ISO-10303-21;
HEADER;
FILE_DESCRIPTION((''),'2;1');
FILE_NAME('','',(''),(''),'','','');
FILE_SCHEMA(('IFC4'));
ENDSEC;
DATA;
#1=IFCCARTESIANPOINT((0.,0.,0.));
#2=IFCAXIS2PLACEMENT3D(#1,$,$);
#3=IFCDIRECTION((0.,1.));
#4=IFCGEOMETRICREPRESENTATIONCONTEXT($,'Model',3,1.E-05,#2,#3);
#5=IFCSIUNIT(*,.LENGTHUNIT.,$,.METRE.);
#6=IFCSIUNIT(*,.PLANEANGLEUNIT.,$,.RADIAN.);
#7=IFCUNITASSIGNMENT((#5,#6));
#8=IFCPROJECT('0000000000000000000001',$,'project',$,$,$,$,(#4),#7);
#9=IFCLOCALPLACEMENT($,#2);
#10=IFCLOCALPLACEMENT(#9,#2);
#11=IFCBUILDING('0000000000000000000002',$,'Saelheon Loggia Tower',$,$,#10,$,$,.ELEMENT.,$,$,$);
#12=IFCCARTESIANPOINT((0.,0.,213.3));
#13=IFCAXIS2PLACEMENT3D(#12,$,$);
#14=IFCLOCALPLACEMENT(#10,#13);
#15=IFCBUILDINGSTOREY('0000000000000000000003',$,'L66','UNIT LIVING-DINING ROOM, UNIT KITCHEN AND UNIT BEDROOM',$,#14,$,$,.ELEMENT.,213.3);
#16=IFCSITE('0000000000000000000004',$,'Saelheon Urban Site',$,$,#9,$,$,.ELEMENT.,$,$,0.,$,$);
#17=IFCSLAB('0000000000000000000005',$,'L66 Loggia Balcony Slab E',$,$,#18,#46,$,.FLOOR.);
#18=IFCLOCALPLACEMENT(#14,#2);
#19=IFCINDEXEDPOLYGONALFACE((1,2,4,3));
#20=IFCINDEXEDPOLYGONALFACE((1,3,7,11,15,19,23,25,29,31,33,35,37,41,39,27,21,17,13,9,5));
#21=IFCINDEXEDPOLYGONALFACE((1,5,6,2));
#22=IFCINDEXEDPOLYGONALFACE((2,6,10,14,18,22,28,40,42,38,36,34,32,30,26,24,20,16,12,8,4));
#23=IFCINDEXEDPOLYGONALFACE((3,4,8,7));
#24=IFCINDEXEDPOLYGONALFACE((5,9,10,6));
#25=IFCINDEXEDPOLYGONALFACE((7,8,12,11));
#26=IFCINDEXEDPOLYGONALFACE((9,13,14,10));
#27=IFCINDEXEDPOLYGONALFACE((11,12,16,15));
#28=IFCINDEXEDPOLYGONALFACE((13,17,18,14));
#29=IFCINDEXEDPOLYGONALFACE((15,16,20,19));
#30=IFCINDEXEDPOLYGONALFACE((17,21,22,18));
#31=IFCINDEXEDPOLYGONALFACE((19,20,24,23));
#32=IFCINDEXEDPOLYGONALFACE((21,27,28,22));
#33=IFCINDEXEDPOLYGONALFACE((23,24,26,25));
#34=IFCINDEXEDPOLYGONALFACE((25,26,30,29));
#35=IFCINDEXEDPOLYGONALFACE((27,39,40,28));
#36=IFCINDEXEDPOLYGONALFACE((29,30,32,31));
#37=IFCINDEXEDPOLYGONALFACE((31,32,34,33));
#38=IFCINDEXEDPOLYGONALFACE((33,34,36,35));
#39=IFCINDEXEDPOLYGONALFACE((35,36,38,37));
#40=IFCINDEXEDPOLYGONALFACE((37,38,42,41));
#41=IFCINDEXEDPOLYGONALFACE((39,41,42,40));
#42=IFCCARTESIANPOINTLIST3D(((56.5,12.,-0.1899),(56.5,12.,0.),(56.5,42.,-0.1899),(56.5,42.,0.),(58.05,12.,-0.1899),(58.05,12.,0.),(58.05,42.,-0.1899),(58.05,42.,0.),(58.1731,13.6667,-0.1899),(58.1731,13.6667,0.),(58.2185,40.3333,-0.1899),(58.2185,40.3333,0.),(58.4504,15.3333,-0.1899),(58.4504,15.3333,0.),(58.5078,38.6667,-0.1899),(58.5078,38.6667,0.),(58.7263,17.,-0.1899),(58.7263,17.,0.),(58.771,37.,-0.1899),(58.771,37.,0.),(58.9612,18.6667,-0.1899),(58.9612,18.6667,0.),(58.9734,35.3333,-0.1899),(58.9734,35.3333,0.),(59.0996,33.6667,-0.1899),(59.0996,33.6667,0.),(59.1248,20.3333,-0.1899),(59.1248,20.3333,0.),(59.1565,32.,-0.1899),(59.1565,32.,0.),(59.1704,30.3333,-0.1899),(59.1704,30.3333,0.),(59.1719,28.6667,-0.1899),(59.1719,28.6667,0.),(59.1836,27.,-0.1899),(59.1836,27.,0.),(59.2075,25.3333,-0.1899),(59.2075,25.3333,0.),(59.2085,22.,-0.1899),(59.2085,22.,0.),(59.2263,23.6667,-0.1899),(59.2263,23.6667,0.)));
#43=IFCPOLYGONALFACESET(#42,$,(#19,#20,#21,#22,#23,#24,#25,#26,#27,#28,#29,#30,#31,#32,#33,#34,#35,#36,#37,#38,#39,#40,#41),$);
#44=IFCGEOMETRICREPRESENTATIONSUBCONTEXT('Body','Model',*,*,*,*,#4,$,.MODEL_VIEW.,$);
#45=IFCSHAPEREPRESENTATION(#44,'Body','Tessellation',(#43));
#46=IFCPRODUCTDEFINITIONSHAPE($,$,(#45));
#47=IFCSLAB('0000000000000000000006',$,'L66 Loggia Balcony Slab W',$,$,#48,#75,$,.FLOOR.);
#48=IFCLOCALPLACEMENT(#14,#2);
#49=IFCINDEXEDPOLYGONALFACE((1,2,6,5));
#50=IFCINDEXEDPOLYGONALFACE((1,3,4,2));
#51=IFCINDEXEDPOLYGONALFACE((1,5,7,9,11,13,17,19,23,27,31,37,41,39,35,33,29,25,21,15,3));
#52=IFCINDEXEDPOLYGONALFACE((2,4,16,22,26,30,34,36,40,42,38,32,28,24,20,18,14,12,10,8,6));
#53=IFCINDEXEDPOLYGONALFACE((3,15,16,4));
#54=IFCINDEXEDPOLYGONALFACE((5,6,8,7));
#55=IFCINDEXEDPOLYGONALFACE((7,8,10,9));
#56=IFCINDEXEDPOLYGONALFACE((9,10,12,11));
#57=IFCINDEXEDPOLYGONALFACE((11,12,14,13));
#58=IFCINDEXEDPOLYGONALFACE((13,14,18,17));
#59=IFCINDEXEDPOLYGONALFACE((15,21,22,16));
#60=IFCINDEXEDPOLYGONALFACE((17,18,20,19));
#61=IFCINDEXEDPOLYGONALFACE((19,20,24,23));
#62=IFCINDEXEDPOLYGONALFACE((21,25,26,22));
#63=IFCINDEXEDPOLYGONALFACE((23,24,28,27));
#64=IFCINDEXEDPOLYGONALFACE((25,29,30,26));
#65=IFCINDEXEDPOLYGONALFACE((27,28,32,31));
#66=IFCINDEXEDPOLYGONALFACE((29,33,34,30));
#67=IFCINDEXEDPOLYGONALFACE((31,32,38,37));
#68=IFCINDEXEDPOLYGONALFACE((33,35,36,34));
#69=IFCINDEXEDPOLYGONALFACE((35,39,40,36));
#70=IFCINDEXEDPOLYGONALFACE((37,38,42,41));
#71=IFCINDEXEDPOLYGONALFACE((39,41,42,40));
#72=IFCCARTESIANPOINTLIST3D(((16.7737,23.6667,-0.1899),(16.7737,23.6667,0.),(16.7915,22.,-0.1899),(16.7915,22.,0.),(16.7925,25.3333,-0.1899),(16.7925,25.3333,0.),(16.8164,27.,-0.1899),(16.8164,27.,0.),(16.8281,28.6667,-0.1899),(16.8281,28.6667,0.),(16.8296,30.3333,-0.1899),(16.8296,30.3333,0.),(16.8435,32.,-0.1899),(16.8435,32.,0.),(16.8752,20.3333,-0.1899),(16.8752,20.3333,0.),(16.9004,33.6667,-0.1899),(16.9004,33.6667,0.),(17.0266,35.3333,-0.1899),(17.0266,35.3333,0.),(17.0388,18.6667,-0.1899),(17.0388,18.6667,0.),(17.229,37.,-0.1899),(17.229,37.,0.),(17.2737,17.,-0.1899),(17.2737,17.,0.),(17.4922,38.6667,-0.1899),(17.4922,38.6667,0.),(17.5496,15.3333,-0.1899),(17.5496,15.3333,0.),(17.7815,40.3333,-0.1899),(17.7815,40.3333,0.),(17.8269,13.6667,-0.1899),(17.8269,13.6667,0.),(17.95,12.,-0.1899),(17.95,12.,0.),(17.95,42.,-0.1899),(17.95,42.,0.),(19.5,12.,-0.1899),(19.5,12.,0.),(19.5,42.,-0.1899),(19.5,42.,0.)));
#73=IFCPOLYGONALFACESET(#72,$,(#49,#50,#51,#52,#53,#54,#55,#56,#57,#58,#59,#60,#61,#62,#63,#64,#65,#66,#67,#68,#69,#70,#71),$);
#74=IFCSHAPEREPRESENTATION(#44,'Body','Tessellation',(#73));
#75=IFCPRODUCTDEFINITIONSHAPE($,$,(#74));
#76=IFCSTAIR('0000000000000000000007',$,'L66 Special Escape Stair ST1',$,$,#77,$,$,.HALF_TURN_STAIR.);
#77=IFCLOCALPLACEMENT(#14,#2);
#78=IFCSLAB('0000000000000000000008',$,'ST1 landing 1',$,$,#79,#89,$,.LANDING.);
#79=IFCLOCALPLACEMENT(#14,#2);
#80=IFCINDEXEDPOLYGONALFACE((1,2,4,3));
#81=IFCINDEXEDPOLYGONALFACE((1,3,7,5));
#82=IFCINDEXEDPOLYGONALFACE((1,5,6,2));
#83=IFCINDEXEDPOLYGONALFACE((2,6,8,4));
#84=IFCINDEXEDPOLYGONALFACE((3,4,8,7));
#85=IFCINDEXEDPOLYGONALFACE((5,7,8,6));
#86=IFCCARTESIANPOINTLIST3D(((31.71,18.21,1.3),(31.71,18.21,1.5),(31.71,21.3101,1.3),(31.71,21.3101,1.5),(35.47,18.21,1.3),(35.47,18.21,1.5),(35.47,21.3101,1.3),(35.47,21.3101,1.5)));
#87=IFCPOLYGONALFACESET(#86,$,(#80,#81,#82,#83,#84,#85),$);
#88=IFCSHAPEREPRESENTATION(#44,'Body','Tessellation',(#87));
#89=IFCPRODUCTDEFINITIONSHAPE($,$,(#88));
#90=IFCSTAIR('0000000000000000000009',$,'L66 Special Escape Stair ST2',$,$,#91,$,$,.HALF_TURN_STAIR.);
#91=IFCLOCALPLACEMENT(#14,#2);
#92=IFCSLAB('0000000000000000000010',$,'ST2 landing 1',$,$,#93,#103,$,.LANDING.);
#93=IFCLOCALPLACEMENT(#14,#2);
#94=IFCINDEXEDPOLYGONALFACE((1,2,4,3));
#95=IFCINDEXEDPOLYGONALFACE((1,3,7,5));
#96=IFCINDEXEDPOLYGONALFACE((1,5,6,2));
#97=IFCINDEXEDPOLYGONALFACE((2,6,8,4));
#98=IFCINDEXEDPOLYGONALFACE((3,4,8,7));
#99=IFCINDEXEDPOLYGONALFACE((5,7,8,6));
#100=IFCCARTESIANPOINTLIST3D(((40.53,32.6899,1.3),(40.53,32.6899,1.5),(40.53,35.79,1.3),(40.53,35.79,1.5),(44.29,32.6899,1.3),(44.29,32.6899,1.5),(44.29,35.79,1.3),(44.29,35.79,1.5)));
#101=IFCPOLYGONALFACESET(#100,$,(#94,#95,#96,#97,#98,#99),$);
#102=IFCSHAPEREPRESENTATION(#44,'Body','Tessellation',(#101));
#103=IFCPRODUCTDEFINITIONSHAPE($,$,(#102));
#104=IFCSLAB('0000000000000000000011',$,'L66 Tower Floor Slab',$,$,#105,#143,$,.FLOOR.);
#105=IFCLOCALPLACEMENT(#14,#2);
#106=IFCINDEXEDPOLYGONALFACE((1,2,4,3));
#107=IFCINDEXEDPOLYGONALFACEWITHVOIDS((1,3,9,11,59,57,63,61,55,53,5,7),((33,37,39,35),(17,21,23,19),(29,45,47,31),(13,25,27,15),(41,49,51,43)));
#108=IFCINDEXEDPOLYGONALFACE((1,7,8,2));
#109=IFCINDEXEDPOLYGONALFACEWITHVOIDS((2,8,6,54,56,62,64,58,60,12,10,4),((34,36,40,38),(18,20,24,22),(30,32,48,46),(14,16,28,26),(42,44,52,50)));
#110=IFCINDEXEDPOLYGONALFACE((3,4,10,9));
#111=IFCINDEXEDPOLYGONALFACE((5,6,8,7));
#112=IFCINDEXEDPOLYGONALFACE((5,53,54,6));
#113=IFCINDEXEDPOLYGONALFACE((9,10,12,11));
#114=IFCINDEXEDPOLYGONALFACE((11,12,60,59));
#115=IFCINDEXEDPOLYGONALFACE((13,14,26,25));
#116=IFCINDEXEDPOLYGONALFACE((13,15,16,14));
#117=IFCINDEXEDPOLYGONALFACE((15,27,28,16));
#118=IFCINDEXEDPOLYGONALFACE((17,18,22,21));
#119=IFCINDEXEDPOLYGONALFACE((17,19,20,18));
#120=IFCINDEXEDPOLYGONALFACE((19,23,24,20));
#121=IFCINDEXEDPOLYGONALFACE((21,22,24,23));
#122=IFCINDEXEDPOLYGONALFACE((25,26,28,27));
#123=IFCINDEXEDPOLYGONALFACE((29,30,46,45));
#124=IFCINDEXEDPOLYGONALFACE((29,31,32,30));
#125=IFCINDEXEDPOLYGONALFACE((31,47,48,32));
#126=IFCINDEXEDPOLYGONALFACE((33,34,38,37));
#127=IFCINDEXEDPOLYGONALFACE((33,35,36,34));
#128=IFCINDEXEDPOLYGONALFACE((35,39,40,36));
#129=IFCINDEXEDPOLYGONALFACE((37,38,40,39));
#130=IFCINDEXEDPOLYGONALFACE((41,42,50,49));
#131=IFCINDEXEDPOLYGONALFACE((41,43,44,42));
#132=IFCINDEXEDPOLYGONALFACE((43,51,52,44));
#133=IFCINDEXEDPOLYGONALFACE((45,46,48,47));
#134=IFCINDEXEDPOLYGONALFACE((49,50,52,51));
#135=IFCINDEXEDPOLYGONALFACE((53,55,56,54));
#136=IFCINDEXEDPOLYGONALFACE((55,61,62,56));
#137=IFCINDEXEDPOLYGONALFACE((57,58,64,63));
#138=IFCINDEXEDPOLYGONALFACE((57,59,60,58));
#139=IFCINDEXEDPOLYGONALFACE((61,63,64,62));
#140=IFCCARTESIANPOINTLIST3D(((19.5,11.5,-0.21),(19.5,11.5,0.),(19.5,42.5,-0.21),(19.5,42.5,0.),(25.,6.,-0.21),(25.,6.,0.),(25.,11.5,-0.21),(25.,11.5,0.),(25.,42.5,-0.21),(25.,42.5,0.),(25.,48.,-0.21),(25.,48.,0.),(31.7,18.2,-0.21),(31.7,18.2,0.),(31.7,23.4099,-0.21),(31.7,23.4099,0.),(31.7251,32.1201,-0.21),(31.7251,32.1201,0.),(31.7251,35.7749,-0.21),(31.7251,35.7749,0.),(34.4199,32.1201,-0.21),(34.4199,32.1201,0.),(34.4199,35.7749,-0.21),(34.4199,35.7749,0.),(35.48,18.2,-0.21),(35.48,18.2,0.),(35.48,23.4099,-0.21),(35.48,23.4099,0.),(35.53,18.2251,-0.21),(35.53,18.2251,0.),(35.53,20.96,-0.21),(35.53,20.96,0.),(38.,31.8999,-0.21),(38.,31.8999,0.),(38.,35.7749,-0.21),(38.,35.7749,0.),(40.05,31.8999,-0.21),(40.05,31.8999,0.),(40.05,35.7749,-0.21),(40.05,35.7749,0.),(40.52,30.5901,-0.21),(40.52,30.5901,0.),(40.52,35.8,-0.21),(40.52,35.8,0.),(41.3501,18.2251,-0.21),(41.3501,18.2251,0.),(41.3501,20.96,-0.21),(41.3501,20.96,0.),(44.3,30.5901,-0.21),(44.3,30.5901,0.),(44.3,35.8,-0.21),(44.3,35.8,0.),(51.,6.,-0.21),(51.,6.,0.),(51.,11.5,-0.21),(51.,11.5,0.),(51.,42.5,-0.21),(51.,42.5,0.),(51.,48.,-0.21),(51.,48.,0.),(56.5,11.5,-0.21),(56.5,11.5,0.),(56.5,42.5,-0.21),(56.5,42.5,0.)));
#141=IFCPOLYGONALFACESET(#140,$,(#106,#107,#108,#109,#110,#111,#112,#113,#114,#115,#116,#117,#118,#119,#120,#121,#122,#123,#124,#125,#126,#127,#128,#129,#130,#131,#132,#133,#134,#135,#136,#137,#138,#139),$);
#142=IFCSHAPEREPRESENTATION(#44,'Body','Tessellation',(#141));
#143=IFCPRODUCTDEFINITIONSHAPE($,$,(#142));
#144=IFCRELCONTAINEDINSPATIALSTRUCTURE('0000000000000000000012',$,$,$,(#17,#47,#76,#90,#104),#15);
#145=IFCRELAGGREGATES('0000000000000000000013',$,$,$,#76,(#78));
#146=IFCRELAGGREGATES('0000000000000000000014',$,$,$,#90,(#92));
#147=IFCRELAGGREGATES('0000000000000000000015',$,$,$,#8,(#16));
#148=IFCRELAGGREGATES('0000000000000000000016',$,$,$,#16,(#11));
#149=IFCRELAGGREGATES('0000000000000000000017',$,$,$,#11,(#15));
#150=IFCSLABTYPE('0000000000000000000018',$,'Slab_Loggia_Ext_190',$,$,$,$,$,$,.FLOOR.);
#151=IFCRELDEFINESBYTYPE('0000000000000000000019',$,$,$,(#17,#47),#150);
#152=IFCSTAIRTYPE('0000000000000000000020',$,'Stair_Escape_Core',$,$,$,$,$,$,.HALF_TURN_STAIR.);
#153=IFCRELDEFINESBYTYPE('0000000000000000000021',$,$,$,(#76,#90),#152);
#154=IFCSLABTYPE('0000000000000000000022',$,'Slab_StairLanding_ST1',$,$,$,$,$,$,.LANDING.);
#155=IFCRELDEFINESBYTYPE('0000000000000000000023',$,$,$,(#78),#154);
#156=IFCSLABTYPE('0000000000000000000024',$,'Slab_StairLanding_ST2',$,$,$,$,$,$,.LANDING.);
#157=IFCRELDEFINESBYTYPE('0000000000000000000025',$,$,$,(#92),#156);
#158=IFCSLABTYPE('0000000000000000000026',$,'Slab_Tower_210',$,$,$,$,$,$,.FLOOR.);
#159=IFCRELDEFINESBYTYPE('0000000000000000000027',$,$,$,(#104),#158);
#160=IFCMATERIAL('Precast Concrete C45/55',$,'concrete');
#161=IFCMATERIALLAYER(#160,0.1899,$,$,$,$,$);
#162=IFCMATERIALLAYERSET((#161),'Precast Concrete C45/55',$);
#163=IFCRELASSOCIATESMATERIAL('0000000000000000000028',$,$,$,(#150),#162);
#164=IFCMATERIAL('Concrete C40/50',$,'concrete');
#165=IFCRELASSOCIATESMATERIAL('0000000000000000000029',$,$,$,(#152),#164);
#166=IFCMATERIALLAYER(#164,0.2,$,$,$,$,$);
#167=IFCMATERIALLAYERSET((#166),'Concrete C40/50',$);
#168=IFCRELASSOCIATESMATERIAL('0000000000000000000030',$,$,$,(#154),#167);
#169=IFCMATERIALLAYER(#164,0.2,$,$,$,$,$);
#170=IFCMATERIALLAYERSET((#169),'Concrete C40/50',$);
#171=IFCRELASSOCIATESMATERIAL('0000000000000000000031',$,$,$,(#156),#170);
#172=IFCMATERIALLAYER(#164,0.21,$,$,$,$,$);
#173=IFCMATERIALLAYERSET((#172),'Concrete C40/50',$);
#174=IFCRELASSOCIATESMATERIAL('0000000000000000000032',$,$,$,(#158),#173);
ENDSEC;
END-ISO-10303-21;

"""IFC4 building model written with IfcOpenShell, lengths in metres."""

from ifc_helpers import new_model, si_unit, direction, frame, origin, place, context, subcontext, project, spatial, polyline, outline, extrude, material, layer, layer_set, type_object, element, aggregate, save


model = new_model("IFC4")

# Units and contexts
model_context = context("Model", 3, precision=1e-05, world=origin(), true_north=direction((0.0, 1.0)))
body_context = subcontext(model_context, "Body", "Model", "MODEL_VIEW")
ifc_project = project(units=[si_unit("LENGTHUNIT", "METRE"), si_unit("PLANEANGLEUNIT", "RADIAN")], contexts=[model_context])

# Site, building, storey
site_placement = place(None, origin())
site = spatial("IfcSite", under=ifc_project, at=site_placement, Name="Saelheon Urban Site", CompositionType="ELEMENT", RefElevation=0.0)
building_placement = place(site_placement, origin())
building = spatial("IfcBuilding", under=site, at=building_placement, Name="Saelheon Loggia Tower", CompositionType="ELEMENT")
storey_placement = place(building_placement, frame((0.0, 0.0, 213.3)))
storey = spatial("IfcBuildingStorey", under=building, at=storey_placement, Name="L66", Description="UNIT LIVING-DINING ROOM, UNIT KITCHEN AND UNIT BEDROOM", CompositionType="ELEMENT", Elevation=213.3)

# Shared definitions
ifc_material_1 = material(Name="Precast Concrete C45/55", Category="concrete")

# Shared definitions
ifc_material_2 = material(Name="Concrete C40/50", Category="concrete")

# Slabs
ifc_layer_1 = layer(ifc_material_1, 0.1899)
ifc_layer_set_1 = layer_set([ifc_layer_1], Name="Precast Concrete C45/55")
slab_type_1 = type_object("IfcSlabType", Name="Slab_Loggia_Ext_190", PredefinedType="FLOOR", material=ifc_layer_set_1)
slab_1_placement = place(storey_placement, frame((0.0, 0.0, -0.1899)))
element("IfcSlab", 1, at=slab_1_placement, inside=storey, type_object=slab_type_1, Name="L66 Loggia Balcony Slab E", PredefinedType="FLOOR", context=body_context, shape_type="SweptSolid", body=[
    extrude(outline(polyline([(56.5, 12.0), (58.05, 12.0), (58.1731, 13.6667), (58.4504, 15.3333), (58.7263, 17.0), (58.9612, 18.6667), (59.1248, 20.3333), (59.2085, 22.0), (59.2263, 23.6667), (59.2075, 25.3333), (59.1836, 27.0), (59.1719, 28.6667), (59.1704, 30.3333), (59.1565, 32.0), (59.0996, 33.6667), (58.9734, 35.3333), (58.771, 37.0), (58.5078, 38.6667), (58.2185, 40.3333), (58.05, 42.0), (56.5, 42.0), (56.5, 12.0)])), origin(), (0.0, 0.0, 1.0), 0.1899),
])
slab_2_placement = place(storey_placement, frame((0.0, 0.0, -0.1899)))
element("IfcSlab", 2, at=slab_2_placement, inside=storey, type_object=slab_type_1, Name="L66 Loggia Balcony Slab W", PredefinedType="FLOOR", context=body_context, shape_type="SweptSolid", body=[
    extrude(outline(polyline([(19.5, 12.0), (19.5, 42.0), (17.95, 42.0), (17.7815, 40.3333), (17.4922, 38.6667), (17.229, 37.0), (17.0266, 35.3333), (16.9004, 33.6667), (16.8435, 32.0), (16.8296, 30.3333), (16.8281, 28.6667), (16.8164, 27.0), (16.7925, 25.3333), (16.7737, 23.6667), (16.7915, 22.0), (16.8752, 20.3333), (17.0388, 18.6667), (17.2737, 17.0), (17.5496, 15.3333), (17.8269, 13.6667), (17.95, 12.0), (19.5, 12.0)])), origin(), (0.0, 0.0, 1.0), 0.1899),
])

# Stairs, slabs
stair_type = type_object("IfcStairType", Name="Stair_Escape_Core", PredefinedType="HALF_TURN_STAIR", material=ifc_material_2)
stair_1_placement = place(storey_placement, origin())
stair_1 = element("IfcStair", 3, at=stair_1_placement, inside=storey, type_object=stair_type, Name="L66 Special Escape Stair ST1", PredefinedType="HALF_TURN_STAIR")
ifc_layer_2 = layer(ifc_material_2, 0.2)
ifc_layer_set_2 = layer_set([ifc_layer_2], Name="Concrete C40/50")
slab_type_2 = type_object("IfcSlabType", Name="Slab_StairLanding_ST1", PredefinedType="LANDING", material=ifc_layer_set_2)
slab_3_placement = place(storey_placement, frame((0.0, 0.0, 1.3)))
slab_3 = element("IfcSlab", 4, at=slab_3_placement, type_object=slab_type_2, Name="ST1 landing 1", PredefinedType="LANDING", context=body_context, shape_type="SweptSolid", body=[
    extrude(outline(polyline([(31.71, 21.3101), (31.71, 18.21), (35.47, 18.21), (35.47, 21.3101), (31.71, 21.3101)])), origin(), (0.0, 0.0, 1.0), 0.2),
])
aggregate(stair_1, [slab_3])
stair_2_placement = place(storey_placement, origin())
stair_2 = element("IfcStair", 5, at=stair_2_placement, inside=storey, type_object=stair_type, Name="L66 Special Escape Stair ST2", PredefinedType="HALF_TURN_STAIR")
ifc_layer_3 = layer(ifc_material_2, 0.2)
ifc_layer_set_3 = layer_set([ifc_layer_3], Name="Concrete C40/50")
slab_type_3 = type_object("IfcSlabType", Name="Slab_StairLanding_ST2", PredefinedType="LANDING", material=ifc_layer_set_3)
slab_4_placement = place(storey_placement, frame((0.0, 0.0, 1.3)))
slab_4 = element("IfcSlab", 6, at=slab_4_placement, type_object=slab_type_3, Name="ST2 landing 1", PredefinedType="LANDING", context=body_context, shape_type="SweptSolid", body=[
    extrude(outline(polyline([(44.29, 32.6899), (44.29, 35.79), (40.53, 35.79), (40.53, 32.6899), (44.29, 32.6899)])), origin(), (0.0, 0.0, 1.0), 0.2),
])
aggregate(stair_2, [slab_4])

# Slab
ifc_layer_4 = layer(ifc_material_2, 0.21)
ifc_layer_set_4 = layer_set([ifc_layer_4], Name="Concrete C40/50")
slab_type_4 = type_object("IfcSlabType", Name="Slab_Tower_210", PredefinedType="FLOOR", material=ifc_layer_set_4)
slab_5_placement = place(storey_placement, frame((0.0, 0.0, -0.21)))
element("IfcSlab", 7, at=slab_5_placement, inside=storey, type_object=slab_type_4, Name="L66 Tower Floor Slab", PredefinedType="FLOOR", context=body_context, shape_type="SweptSolid", body=[
    extrude(outline(polyline([(25.0, 6.0), (51.0, 6.0), (51.0, 11.5), (56.5, 11.5), (56.5, 42.5), (51.0, 42.5), (51.0, 48.0), (25.0, 48.0), (25.0, 42.5), (19.5, 42.5), (19.5, 11.5), (25.0, 11.5), (25.0, 6.0)]), holes=[polyline([(31.7, 23.4099), (31.7, 18.2), (35.48, 18.2), (35.48, 23.4099), (31.7, 23.4099)]), polyline([(44.3, 30.5901), (44.3, 35.8), (40.52, 35.8), (40.52, 30.5901), (44.3, 30.5901)]), polyline([(35.53, 18.2251), (41.3501, 18.2251), (41.3501, 20.96), (35.53, 20.96), (35.53, 18.2251)]), polyline([(31.7251, 32.1201), (34.4199, 32.1201), (34.4199, 35.7749), (31.7251, 35.7749), (31.7251, 32.1201)]), polyline([(38.0, 31.8999), (40.05, 31.8999), (40.05, 35.7749), (38.0, 35.7749), (38.0, 31.8999)])]), origin(), (0.0, 0.0, 1.0), 0.21),
])

save(model, "model.ifc")
